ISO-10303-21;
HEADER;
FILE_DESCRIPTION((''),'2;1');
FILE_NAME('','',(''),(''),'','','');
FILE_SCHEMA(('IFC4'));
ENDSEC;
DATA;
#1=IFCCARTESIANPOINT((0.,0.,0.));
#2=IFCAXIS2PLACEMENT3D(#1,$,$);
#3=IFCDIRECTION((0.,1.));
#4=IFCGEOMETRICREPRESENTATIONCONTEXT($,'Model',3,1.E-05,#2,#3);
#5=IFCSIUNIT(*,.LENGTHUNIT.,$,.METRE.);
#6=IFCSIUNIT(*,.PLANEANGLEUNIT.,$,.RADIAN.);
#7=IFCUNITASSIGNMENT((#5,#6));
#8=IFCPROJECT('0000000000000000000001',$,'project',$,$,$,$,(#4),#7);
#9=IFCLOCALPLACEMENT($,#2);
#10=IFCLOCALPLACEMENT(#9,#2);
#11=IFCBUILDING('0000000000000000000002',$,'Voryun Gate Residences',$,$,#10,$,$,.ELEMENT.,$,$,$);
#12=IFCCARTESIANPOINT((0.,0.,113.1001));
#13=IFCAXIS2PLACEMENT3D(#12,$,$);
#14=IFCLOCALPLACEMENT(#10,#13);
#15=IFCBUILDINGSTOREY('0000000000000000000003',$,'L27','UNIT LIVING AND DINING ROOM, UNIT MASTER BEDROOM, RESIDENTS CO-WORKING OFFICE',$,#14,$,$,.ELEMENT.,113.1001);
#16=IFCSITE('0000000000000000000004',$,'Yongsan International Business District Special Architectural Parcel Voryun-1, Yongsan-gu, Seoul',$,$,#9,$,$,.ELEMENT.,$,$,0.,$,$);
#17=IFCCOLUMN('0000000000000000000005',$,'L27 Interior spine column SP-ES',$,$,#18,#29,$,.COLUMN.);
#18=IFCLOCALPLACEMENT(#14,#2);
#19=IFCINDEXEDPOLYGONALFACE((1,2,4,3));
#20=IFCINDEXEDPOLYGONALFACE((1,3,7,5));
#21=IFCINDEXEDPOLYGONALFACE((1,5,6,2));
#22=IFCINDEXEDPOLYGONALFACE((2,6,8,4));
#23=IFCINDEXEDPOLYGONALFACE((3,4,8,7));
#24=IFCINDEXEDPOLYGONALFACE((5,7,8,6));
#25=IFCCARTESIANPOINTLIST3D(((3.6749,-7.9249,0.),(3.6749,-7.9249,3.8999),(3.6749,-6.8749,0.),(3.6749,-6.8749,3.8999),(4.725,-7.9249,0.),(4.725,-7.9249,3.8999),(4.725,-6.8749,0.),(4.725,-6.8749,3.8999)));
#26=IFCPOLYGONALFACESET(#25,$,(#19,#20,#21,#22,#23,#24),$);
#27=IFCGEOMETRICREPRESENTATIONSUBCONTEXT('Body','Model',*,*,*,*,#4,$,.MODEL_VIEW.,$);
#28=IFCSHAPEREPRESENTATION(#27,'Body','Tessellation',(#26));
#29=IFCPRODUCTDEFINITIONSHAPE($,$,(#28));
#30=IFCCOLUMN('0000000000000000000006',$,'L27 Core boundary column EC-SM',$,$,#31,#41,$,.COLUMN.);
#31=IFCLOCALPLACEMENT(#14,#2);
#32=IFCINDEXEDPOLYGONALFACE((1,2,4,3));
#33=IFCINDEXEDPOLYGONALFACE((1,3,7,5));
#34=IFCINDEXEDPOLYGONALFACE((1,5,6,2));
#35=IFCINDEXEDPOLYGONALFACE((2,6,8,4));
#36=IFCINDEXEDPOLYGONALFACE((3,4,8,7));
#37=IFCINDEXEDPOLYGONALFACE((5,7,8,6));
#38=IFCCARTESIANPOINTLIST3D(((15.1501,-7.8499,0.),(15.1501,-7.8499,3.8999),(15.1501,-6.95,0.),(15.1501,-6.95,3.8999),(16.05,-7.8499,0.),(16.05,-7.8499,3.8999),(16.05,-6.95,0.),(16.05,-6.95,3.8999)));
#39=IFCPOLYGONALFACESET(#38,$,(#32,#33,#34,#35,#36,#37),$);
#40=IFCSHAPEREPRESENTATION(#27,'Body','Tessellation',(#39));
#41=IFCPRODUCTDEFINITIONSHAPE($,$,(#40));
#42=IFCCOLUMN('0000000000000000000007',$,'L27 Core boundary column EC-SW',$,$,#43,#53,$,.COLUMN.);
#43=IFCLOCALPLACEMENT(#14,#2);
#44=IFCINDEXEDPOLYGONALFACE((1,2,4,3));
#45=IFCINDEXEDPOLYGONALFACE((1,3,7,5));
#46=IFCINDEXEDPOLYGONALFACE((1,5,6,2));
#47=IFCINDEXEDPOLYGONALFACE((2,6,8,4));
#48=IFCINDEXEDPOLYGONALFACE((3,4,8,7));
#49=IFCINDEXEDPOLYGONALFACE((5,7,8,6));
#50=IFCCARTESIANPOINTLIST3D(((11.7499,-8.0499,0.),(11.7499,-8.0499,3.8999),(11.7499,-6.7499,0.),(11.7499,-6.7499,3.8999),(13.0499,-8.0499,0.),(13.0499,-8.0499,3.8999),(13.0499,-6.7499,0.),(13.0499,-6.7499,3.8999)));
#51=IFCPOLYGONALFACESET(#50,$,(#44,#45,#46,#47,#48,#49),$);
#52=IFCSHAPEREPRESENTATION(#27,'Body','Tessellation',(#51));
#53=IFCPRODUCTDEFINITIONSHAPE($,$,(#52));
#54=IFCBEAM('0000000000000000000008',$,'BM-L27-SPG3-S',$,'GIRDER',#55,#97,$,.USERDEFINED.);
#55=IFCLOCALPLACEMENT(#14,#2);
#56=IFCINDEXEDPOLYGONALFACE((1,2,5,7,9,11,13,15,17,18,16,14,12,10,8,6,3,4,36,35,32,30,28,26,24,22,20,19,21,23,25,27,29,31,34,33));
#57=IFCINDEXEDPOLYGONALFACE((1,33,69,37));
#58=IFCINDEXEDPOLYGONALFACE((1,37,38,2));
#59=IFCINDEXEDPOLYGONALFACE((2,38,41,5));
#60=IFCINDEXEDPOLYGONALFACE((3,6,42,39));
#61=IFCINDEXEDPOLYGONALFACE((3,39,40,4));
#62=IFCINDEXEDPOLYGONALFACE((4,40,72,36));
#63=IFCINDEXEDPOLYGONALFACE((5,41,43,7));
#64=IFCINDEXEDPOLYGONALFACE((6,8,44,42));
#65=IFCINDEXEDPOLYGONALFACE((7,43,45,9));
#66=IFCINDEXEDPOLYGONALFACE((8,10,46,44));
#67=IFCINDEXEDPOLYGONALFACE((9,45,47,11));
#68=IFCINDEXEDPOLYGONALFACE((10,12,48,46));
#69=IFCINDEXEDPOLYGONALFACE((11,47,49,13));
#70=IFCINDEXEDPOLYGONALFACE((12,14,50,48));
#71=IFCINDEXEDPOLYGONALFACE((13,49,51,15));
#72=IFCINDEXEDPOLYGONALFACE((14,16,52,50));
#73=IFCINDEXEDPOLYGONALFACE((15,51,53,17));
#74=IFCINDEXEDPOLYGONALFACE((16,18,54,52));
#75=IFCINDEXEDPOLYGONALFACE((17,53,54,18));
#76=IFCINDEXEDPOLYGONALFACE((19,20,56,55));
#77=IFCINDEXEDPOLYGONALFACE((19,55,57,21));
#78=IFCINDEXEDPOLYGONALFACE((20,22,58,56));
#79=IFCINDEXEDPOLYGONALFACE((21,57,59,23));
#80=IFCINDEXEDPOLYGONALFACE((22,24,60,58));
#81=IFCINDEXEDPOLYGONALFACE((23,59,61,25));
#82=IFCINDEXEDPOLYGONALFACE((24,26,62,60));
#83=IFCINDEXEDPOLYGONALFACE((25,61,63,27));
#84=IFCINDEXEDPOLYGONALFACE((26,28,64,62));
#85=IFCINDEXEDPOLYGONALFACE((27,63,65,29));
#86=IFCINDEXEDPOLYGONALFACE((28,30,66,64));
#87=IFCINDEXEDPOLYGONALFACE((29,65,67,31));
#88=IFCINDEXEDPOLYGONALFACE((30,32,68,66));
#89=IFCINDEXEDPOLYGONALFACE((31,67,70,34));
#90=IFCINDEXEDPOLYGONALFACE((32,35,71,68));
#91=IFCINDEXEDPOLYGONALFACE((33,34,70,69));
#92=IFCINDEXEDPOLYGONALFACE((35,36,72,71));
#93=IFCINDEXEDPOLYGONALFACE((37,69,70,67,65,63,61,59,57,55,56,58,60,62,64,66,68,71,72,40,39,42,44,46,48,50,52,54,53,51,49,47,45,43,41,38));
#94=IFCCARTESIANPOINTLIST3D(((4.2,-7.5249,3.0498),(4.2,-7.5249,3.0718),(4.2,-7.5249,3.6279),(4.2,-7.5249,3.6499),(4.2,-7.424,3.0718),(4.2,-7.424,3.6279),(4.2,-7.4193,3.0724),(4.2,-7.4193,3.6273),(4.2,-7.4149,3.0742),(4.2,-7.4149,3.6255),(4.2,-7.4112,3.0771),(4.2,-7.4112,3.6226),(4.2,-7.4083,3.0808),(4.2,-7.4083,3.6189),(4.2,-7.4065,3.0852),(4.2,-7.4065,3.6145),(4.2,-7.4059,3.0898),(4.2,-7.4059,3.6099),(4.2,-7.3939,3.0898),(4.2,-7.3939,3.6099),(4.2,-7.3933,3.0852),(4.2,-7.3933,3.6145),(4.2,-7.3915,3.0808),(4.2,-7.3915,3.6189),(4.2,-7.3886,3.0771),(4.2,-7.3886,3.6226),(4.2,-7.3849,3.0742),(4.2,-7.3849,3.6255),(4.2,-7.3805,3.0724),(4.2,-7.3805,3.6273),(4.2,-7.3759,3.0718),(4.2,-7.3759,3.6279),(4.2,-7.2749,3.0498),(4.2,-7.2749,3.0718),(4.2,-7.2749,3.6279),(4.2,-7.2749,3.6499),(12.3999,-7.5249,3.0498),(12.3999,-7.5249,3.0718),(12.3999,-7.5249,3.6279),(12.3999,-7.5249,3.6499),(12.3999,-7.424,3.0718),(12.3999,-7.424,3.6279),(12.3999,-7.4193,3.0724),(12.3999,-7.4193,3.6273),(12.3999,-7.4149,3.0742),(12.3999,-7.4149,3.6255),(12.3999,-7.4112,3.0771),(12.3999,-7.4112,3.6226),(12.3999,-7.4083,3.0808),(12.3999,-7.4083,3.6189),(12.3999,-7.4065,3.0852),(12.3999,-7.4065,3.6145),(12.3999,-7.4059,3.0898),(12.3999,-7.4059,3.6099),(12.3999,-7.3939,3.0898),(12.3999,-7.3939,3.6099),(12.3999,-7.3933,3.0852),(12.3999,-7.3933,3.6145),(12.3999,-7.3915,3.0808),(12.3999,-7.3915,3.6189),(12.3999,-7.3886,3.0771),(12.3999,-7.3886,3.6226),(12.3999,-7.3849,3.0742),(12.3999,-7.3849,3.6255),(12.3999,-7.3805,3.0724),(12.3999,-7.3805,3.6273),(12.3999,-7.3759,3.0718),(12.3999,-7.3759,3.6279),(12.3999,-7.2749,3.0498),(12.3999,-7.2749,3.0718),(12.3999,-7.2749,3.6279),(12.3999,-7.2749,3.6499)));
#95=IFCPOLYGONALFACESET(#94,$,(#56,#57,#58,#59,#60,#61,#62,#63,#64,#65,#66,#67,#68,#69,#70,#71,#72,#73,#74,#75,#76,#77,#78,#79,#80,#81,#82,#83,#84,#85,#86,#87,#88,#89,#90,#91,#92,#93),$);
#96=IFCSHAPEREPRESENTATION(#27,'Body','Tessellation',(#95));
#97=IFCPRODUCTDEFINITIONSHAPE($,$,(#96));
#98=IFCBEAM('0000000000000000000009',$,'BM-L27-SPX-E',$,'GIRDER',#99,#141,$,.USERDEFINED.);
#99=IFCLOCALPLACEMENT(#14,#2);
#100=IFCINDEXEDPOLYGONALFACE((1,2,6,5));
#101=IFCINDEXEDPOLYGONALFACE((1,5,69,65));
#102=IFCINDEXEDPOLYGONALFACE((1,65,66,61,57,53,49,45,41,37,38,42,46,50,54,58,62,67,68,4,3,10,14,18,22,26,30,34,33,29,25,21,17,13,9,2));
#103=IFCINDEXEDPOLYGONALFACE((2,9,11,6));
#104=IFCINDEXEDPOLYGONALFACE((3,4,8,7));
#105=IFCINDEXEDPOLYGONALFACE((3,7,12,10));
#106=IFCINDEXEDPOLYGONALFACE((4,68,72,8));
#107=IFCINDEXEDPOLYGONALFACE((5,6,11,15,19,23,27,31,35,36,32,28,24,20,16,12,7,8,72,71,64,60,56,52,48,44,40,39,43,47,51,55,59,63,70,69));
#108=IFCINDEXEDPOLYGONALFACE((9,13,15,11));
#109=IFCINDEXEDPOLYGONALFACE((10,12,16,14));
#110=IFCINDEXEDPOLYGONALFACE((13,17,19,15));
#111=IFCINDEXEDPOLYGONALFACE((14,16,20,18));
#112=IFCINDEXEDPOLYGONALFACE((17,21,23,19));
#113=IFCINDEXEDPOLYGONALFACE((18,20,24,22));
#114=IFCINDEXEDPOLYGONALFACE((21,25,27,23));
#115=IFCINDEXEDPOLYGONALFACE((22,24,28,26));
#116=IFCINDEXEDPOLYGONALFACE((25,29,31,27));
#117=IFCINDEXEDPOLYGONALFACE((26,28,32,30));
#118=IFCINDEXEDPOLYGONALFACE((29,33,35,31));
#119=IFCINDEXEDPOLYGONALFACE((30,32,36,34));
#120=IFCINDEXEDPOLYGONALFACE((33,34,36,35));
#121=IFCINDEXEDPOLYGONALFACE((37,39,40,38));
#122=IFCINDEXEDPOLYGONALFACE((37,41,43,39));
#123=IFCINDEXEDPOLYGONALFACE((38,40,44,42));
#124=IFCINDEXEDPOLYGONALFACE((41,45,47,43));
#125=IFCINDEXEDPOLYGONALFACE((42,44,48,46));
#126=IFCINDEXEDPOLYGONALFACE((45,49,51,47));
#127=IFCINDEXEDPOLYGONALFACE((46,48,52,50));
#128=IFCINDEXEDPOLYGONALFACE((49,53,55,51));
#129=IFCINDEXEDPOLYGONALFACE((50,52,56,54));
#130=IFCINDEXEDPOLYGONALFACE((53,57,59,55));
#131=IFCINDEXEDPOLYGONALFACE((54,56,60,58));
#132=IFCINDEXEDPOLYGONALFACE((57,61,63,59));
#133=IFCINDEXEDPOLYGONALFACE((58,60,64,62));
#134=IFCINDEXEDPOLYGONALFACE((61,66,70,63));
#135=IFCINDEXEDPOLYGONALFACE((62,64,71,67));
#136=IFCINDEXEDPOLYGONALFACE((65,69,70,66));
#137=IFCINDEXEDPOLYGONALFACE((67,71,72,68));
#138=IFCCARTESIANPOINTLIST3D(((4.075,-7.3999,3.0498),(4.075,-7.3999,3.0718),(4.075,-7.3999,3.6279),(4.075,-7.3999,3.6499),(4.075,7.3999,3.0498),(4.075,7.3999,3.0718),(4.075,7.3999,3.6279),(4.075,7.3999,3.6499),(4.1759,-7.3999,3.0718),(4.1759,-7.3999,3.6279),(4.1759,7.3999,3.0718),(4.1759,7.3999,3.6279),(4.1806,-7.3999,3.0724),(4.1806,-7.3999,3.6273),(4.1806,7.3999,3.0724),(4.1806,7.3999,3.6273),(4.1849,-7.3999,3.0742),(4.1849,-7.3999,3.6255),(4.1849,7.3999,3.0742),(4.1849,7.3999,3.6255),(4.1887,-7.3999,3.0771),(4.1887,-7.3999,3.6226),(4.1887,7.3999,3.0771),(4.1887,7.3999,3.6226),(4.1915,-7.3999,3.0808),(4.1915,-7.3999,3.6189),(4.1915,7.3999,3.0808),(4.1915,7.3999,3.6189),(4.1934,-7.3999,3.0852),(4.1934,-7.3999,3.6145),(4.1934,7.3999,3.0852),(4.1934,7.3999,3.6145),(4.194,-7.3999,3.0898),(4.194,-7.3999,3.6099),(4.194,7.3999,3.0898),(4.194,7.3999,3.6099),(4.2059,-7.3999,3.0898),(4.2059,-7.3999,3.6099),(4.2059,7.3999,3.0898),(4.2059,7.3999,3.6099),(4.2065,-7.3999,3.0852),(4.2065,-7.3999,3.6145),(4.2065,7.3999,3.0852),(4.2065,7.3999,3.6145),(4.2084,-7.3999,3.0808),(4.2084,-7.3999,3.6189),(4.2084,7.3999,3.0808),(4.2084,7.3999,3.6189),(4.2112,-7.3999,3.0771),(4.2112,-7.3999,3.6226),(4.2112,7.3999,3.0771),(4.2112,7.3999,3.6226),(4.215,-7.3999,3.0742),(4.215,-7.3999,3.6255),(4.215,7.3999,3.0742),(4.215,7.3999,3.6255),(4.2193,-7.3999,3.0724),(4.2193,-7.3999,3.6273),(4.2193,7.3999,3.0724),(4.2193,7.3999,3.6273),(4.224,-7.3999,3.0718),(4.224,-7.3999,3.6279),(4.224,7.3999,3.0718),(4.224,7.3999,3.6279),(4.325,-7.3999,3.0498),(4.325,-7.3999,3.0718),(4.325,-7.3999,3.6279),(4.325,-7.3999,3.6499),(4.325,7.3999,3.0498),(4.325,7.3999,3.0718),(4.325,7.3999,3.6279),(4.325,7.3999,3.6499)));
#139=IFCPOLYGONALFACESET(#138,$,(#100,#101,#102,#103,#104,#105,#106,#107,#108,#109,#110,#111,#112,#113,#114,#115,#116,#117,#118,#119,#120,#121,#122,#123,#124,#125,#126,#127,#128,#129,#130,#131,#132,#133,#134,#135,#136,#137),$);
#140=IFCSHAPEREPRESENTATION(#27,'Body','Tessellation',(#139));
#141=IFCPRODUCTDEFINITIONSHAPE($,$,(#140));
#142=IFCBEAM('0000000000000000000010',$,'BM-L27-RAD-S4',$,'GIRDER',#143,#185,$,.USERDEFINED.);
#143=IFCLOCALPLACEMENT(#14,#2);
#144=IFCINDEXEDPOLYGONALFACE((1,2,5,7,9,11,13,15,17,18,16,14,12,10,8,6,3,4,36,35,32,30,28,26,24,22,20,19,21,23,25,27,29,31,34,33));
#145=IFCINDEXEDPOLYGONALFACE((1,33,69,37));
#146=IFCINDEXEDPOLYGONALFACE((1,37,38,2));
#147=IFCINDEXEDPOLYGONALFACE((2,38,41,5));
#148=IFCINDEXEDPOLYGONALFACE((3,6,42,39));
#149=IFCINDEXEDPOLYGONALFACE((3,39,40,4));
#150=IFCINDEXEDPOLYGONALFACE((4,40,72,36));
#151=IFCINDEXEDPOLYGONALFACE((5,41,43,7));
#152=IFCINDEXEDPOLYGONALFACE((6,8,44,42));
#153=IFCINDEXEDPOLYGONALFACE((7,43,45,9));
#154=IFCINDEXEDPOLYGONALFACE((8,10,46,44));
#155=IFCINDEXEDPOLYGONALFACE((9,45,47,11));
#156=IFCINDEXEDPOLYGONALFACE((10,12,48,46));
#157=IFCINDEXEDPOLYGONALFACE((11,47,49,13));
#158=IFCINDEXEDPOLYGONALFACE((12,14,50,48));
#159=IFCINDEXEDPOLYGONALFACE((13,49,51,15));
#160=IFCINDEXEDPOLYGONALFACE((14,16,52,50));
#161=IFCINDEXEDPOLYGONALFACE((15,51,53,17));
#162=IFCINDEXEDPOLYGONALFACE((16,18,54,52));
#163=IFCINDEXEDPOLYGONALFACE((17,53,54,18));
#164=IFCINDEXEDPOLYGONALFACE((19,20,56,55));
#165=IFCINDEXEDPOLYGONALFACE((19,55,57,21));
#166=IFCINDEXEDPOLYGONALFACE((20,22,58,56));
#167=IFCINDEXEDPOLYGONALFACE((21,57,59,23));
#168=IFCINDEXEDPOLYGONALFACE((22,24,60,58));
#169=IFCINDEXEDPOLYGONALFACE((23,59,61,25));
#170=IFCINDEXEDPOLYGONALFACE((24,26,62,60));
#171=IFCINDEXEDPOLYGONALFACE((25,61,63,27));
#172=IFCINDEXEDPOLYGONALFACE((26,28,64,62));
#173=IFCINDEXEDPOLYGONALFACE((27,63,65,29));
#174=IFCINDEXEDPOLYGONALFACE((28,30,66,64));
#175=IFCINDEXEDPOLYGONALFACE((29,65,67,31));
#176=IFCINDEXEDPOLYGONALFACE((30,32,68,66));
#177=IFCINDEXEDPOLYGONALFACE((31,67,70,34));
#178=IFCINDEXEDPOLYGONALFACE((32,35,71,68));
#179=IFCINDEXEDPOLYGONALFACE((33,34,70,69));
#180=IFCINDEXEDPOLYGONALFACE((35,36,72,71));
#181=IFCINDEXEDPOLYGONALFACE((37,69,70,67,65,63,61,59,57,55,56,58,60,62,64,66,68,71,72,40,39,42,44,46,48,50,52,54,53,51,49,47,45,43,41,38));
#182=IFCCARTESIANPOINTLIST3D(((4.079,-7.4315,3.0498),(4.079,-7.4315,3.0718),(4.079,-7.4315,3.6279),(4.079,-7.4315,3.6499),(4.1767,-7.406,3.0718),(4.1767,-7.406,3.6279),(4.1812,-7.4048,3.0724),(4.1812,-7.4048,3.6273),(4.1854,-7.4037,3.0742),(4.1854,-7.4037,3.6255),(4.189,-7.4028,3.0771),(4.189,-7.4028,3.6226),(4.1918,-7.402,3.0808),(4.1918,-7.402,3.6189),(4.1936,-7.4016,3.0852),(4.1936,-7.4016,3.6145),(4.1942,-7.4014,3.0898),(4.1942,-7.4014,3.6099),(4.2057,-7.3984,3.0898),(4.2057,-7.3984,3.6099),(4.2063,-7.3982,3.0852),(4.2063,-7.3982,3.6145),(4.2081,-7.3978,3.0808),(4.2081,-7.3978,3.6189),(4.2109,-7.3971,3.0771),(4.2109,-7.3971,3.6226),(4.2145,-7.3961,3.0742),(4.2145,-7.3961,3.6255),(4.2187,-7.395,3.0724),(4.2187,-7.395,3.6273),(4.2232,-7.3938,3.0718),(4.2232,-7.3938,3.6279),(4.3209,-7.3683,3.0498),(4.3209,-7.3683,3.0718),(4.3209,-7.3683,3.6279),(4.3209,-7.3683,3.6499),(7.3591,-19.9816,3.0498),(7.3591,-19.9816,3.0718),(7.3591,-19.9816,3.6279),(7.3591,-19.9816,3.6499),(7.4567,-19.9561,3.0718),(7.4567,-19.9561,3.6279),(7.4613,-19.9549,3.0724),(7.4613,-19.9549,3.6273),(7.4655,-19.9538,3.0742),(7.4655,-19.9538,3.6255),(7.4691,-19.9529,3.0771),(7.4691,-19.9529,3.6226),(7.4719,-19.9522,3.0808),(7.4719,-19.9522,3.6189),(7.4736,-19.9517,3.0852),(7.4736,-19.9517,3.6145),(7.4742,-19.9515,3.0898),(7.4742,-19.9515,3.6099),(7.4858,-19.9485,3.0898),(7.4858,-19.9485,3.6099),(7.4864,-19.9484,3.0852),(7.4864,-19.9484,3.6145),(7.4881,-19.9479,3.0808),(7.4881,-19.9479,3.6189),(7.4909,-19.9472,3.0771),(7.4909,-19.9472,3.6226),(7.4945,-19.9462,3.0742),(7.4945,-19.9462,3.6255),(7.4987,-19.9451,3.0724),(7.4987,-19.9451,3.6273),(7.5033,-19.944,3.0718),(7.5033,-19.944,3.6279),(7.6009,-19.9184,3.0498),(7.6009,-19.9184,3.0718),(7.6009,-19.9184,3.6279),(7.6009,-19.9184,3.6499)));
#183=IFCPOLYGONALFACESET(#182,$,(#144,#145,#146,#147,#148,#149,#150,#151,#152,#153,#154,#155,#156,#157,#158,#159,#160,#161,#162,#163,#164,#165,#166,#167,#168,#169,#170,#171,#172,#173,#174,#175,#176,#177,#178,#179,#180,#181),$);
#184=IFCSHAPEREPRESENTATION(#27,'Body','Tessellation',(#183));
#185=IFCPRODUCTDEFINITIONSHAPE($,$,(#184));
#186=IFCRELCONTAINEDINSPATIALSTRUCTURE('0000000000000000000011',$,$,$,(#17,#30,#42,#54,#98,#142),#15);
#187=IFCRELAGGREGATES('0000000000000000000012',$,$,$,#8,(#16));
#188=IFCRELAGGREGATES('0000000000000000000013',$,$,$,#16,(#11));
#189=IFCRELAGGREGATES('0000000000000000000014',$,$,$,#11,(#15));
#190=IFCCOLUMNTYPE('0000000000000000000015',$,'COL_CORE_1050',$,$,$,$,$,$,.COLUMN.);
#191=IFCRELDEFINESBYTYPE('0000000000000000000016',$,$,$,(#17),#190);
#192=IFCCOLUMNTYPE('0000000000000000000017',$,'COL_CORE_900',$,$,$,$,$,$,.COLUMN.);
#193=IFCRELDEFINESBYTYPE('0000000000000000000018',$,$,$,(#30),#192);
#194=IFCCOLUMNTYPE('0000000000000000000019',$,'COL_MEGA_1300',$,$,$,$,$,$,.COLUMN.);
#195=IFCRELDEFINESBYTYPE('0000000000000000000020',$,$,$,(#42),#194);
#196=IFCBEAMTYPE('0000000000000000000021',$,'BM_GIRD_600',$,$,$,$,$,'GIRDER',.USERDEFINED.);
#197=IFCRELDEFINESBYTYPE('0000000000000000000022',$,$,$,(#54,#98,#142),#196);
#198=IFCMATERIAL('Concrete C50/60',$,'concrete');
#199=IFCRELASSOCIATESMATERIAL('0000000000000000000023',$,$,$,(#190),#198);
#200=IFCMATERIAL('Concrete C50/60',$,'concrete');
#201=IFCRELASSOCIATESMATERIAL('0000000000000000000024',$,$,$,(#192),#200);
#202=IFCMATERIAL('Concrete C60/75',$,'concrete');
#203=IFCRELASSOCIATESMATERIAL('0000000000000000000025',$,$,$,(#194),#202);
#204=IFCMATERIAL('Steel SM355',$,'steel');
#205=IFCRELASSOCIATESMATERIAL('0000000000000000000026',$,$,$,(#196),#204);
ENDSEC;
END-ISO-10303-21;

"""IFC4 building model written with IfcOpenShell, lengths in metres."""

from ifc_helpers import new_model, si_unit, direction, frame, origin, origin_2d, place, context, subcontext, project, spatial, rectangle, i_section, extrude, material, material_profile, profile_set, type_object, element, save


model = new_model("IFC4")

# Units and contexts
model_context = context("Model", 3, precision=1e-05, world=origin(), true_north=direction((0.0, 1.0)))
body_context = subcontext(model_context, "Body", "Model", "MODEL_VIEW")
ifc_project = project(units=[si_unit("LENGTHUNIT", "METRE"), si_unit("PLANEANGLEUNIT", "RADIAN")], contexts=[model_context])

# Site, building, storey
site_placement = place(None, origin())
site = spatial("IfcSite", under=ifc_project, at=site_placement, Name="Yongsan International Business District Special Architectural Parcel Voryun-1, Yongsan-gu, Seoul", CompositionType="ELEMENT", RefElevation=0.0)
building_placement = place(site_placement, origin())
building = spatial("IfcBuilding", under=site, at=building_placement, Name="Voryun Gate Residences", CompositionType="ELEMENT")
storey_placement = place(building_placement, frame((0.0, 0.0, 113.1001)))
storey = spatial("IfcBuildingStorey", under=building, at=storey_placement, Name="L27", Description="UNIT LIVING AND DINING ROOM, UNIT MASTER BEDROOM, RESIDENTS CO-WORKING OFFICE", CompositionType="ELEMENT", Elevation=113.1001)

# Columns
ifc_material_1 = material(Name="Concrete C50/60", Category="concrete")
ifc_material_profile_1 = material_profile(ifc_material_1, rectangle(XDim=1.05, YDim=1.05, at=origin_2d()), Name="RC-1050x1050")
ifc_profile_set_1 = profile_set([ifc_material_profile_1], Name="Concrete C50/60")
column_type_1 = type_object("IfcColumnType", Name="COL_CORE_1050", PredefinedType="COLUMN", material=ifc_profile_set_1)
column_1_placement = place(storey_placement, frame((4.2, -7.3999, 0.0), z_axis=(0.0, 0.0, 1.0), x_axis=(1.0, 0.0, 0.0)))
element("IfcColumn", 1, at=column_1_placement, inside=storey, type_object=column_type_1, Name="L27 Interior spine column SP-ES", PredefinedType="COLUMN", context=body_context, shape_type="SweptSolid", body=[
    extrude(rectangle(XDim=1.05, YDim=1.05, at=origin_2d()), origin(), (0.0, 0.0, 1.0), 3.8999),
])
ifc_material_2 = material(Name="Concrete C50/60", Category="concrete")
ifc_material_profile_2 = material_profile(ifc_material_2, rectangle(XDim=0.8999, YDim=0.8999, at=origin_2d()), Name="RC-900x900")
ifc_profile_set_2 = profile_set([ifc_material_profile_2], Name="Concrete C50/60")
column_type_2 = type_object("IfcColumnType", Name="COL_CORE_900", PredefinedType="COLUMN", material=ifc_profile_set_2)
column_2_placement = place(storey_placement, frame((15.6001, -7.3999, 0.0), z_axis=(0.0, 0.0, 1.0), x_axis=(1.0, 0.0, 0.0)))
element("IfcColumn", 2, at=column_2_placement, inside=storey, type_object=column_type_2, Name="L27 Core boundary column EC-SM", PredefinedType="COLUMN", context=body_context, shape_type="SweptSolid", body=[
    extrude(rectangle(XDim=0.8999, YDim=0.8999, at=origin_2d()), origin(), (0.0, 0.0, 1.0), 3.8999),
])
ifc_material_3 = material(Name="Concrete C60/75", Category="concrete")
ifc_material_profile_3 = material_profile(ifc_material_3, rectangle(XDim=1.3, YDim=1.3, at=origin_2d()), Name="RC-1300x1300")
ifc_profile_set_3 = profile_set([ifc_material_profile_3], Name="Concrete C60/75")
column_type_3 = type_object("IfcColumnType", Name="COL_MEGA_1300", PredefinedType="COLUMN", material=ifc_profile_set_3)
column_3_placement = place(storey_placement, frame((12.3999, -7.3999, 0.0), z_axis=(0.0, 0.0, 1.0), x_axis=(1.0, 0.0, 0.0)))
element("IfcColumn", 3, at=column_3_placement, inside=storey, type_object=column_type_3, Name="L27 Core boundary column EC-SW", PredefinedType="COLUMN", context=body_context, shape_type="SweptSolid", body=[
    extrude(rectangle(XDim=1.3, YDim=1.3, at=origin_2d()), origin(), (0.0, 0.0, 1.0), 3.8999),
])

# Beams
ifc_material_4 = material(Name="Steel SM355", Category="steel")
ifc_material_profile_4 = material_profile(ifc_material_4, i_section(OverallWidth=0.25, OverallDepth=0.6001, WebThickness=0.012, FlangeThickness=0.022, FilletRadius=0.0181, at=origin_2d()), Name="H-600x250x12x22")
ifc_profile_set_4 = profile_set([ifc_material_profile_4], Name="Steel SM355")
beam_type_1 = type_object("IfcBeamType", Name="BM_GIRD_600", ElementType="GIRDER", PredefinedType="USERDEFINED", material=ifc_profile_set_4)
beam_1_placement = place(storey_placement, frame((4.2, -7.3999, 3.3499), z_axis=(1.0, 0.0, 0.0), x_axis=(0.0, 1.0, 0.0)))
element("IfcBeam", 4, at=beam_1_placement, inside=storey, type_object=beam_type_1, Name="BM-L27-SPG3-S", ObjectType="GIRDER", PredefinedType="USERDEFINED", context=body_context, shape_type="SweptSolid", body=[
    extrude(i_section(OverallWidth=0.25, OverallDepth=0.6001, WebThickness=0.012, FlangeThickness=0.022, FilletRadius=0.0181, at=origin_2d()), origin(), (0.0, 0.0, 1.0), 8.2),
])
beam_2_placement = place(storey_placement, frame((4.2, -7.3999, 3.3499), z_axis=(0.0, 1.0, 0.0), x_axis=(-1.0, 0.0, 0.0)))
element("IfcBeam", 5, at=beam_2_placement, inside=storey, type_object=beam_type_1, Name="BM-L27-SPX-E", ObjectType="GIRDER", PredefinedType="USERDEFINED", context=body_context, shape_type="SweptSolid", body=[
    extrude(i_section(OverallWidth=0.25, OverallDepth=0.6001, WebThickness=0.012, FlangeThickness=0.022, FilletRadius=0.0181, at=origin_2d()), origin(), (0.0, 0.0, 1.0), 14.7998),
])
beam_3_placement = place(storey_placement, frame((4.2, -7.3999, 3.3499), z_axis=(0.252862, -0.967502, 0.0), x_axis=(0.967502, 0.252862, 0.0)))
element("IfcBeam", 6, at=beam_3_placement, inside=storey, type_object=beam_type_1, Name="BM-L27-RAD-S4", ObjectType="GIRDER", PredefinedType="USERDEFINED", context=body_context, shape_type="SweptSolid", body=[
    extrude(i_section(OverallWidth=0.25, OverallDepth=0.6001, WebThickness=0.012, FlangeThickness=0.022, FilletRadius=0.0181, at=origin_2d()), origin(), (0.0, 0.0, 1.0), 12.9717),
])

save(model, "model.ifc")
